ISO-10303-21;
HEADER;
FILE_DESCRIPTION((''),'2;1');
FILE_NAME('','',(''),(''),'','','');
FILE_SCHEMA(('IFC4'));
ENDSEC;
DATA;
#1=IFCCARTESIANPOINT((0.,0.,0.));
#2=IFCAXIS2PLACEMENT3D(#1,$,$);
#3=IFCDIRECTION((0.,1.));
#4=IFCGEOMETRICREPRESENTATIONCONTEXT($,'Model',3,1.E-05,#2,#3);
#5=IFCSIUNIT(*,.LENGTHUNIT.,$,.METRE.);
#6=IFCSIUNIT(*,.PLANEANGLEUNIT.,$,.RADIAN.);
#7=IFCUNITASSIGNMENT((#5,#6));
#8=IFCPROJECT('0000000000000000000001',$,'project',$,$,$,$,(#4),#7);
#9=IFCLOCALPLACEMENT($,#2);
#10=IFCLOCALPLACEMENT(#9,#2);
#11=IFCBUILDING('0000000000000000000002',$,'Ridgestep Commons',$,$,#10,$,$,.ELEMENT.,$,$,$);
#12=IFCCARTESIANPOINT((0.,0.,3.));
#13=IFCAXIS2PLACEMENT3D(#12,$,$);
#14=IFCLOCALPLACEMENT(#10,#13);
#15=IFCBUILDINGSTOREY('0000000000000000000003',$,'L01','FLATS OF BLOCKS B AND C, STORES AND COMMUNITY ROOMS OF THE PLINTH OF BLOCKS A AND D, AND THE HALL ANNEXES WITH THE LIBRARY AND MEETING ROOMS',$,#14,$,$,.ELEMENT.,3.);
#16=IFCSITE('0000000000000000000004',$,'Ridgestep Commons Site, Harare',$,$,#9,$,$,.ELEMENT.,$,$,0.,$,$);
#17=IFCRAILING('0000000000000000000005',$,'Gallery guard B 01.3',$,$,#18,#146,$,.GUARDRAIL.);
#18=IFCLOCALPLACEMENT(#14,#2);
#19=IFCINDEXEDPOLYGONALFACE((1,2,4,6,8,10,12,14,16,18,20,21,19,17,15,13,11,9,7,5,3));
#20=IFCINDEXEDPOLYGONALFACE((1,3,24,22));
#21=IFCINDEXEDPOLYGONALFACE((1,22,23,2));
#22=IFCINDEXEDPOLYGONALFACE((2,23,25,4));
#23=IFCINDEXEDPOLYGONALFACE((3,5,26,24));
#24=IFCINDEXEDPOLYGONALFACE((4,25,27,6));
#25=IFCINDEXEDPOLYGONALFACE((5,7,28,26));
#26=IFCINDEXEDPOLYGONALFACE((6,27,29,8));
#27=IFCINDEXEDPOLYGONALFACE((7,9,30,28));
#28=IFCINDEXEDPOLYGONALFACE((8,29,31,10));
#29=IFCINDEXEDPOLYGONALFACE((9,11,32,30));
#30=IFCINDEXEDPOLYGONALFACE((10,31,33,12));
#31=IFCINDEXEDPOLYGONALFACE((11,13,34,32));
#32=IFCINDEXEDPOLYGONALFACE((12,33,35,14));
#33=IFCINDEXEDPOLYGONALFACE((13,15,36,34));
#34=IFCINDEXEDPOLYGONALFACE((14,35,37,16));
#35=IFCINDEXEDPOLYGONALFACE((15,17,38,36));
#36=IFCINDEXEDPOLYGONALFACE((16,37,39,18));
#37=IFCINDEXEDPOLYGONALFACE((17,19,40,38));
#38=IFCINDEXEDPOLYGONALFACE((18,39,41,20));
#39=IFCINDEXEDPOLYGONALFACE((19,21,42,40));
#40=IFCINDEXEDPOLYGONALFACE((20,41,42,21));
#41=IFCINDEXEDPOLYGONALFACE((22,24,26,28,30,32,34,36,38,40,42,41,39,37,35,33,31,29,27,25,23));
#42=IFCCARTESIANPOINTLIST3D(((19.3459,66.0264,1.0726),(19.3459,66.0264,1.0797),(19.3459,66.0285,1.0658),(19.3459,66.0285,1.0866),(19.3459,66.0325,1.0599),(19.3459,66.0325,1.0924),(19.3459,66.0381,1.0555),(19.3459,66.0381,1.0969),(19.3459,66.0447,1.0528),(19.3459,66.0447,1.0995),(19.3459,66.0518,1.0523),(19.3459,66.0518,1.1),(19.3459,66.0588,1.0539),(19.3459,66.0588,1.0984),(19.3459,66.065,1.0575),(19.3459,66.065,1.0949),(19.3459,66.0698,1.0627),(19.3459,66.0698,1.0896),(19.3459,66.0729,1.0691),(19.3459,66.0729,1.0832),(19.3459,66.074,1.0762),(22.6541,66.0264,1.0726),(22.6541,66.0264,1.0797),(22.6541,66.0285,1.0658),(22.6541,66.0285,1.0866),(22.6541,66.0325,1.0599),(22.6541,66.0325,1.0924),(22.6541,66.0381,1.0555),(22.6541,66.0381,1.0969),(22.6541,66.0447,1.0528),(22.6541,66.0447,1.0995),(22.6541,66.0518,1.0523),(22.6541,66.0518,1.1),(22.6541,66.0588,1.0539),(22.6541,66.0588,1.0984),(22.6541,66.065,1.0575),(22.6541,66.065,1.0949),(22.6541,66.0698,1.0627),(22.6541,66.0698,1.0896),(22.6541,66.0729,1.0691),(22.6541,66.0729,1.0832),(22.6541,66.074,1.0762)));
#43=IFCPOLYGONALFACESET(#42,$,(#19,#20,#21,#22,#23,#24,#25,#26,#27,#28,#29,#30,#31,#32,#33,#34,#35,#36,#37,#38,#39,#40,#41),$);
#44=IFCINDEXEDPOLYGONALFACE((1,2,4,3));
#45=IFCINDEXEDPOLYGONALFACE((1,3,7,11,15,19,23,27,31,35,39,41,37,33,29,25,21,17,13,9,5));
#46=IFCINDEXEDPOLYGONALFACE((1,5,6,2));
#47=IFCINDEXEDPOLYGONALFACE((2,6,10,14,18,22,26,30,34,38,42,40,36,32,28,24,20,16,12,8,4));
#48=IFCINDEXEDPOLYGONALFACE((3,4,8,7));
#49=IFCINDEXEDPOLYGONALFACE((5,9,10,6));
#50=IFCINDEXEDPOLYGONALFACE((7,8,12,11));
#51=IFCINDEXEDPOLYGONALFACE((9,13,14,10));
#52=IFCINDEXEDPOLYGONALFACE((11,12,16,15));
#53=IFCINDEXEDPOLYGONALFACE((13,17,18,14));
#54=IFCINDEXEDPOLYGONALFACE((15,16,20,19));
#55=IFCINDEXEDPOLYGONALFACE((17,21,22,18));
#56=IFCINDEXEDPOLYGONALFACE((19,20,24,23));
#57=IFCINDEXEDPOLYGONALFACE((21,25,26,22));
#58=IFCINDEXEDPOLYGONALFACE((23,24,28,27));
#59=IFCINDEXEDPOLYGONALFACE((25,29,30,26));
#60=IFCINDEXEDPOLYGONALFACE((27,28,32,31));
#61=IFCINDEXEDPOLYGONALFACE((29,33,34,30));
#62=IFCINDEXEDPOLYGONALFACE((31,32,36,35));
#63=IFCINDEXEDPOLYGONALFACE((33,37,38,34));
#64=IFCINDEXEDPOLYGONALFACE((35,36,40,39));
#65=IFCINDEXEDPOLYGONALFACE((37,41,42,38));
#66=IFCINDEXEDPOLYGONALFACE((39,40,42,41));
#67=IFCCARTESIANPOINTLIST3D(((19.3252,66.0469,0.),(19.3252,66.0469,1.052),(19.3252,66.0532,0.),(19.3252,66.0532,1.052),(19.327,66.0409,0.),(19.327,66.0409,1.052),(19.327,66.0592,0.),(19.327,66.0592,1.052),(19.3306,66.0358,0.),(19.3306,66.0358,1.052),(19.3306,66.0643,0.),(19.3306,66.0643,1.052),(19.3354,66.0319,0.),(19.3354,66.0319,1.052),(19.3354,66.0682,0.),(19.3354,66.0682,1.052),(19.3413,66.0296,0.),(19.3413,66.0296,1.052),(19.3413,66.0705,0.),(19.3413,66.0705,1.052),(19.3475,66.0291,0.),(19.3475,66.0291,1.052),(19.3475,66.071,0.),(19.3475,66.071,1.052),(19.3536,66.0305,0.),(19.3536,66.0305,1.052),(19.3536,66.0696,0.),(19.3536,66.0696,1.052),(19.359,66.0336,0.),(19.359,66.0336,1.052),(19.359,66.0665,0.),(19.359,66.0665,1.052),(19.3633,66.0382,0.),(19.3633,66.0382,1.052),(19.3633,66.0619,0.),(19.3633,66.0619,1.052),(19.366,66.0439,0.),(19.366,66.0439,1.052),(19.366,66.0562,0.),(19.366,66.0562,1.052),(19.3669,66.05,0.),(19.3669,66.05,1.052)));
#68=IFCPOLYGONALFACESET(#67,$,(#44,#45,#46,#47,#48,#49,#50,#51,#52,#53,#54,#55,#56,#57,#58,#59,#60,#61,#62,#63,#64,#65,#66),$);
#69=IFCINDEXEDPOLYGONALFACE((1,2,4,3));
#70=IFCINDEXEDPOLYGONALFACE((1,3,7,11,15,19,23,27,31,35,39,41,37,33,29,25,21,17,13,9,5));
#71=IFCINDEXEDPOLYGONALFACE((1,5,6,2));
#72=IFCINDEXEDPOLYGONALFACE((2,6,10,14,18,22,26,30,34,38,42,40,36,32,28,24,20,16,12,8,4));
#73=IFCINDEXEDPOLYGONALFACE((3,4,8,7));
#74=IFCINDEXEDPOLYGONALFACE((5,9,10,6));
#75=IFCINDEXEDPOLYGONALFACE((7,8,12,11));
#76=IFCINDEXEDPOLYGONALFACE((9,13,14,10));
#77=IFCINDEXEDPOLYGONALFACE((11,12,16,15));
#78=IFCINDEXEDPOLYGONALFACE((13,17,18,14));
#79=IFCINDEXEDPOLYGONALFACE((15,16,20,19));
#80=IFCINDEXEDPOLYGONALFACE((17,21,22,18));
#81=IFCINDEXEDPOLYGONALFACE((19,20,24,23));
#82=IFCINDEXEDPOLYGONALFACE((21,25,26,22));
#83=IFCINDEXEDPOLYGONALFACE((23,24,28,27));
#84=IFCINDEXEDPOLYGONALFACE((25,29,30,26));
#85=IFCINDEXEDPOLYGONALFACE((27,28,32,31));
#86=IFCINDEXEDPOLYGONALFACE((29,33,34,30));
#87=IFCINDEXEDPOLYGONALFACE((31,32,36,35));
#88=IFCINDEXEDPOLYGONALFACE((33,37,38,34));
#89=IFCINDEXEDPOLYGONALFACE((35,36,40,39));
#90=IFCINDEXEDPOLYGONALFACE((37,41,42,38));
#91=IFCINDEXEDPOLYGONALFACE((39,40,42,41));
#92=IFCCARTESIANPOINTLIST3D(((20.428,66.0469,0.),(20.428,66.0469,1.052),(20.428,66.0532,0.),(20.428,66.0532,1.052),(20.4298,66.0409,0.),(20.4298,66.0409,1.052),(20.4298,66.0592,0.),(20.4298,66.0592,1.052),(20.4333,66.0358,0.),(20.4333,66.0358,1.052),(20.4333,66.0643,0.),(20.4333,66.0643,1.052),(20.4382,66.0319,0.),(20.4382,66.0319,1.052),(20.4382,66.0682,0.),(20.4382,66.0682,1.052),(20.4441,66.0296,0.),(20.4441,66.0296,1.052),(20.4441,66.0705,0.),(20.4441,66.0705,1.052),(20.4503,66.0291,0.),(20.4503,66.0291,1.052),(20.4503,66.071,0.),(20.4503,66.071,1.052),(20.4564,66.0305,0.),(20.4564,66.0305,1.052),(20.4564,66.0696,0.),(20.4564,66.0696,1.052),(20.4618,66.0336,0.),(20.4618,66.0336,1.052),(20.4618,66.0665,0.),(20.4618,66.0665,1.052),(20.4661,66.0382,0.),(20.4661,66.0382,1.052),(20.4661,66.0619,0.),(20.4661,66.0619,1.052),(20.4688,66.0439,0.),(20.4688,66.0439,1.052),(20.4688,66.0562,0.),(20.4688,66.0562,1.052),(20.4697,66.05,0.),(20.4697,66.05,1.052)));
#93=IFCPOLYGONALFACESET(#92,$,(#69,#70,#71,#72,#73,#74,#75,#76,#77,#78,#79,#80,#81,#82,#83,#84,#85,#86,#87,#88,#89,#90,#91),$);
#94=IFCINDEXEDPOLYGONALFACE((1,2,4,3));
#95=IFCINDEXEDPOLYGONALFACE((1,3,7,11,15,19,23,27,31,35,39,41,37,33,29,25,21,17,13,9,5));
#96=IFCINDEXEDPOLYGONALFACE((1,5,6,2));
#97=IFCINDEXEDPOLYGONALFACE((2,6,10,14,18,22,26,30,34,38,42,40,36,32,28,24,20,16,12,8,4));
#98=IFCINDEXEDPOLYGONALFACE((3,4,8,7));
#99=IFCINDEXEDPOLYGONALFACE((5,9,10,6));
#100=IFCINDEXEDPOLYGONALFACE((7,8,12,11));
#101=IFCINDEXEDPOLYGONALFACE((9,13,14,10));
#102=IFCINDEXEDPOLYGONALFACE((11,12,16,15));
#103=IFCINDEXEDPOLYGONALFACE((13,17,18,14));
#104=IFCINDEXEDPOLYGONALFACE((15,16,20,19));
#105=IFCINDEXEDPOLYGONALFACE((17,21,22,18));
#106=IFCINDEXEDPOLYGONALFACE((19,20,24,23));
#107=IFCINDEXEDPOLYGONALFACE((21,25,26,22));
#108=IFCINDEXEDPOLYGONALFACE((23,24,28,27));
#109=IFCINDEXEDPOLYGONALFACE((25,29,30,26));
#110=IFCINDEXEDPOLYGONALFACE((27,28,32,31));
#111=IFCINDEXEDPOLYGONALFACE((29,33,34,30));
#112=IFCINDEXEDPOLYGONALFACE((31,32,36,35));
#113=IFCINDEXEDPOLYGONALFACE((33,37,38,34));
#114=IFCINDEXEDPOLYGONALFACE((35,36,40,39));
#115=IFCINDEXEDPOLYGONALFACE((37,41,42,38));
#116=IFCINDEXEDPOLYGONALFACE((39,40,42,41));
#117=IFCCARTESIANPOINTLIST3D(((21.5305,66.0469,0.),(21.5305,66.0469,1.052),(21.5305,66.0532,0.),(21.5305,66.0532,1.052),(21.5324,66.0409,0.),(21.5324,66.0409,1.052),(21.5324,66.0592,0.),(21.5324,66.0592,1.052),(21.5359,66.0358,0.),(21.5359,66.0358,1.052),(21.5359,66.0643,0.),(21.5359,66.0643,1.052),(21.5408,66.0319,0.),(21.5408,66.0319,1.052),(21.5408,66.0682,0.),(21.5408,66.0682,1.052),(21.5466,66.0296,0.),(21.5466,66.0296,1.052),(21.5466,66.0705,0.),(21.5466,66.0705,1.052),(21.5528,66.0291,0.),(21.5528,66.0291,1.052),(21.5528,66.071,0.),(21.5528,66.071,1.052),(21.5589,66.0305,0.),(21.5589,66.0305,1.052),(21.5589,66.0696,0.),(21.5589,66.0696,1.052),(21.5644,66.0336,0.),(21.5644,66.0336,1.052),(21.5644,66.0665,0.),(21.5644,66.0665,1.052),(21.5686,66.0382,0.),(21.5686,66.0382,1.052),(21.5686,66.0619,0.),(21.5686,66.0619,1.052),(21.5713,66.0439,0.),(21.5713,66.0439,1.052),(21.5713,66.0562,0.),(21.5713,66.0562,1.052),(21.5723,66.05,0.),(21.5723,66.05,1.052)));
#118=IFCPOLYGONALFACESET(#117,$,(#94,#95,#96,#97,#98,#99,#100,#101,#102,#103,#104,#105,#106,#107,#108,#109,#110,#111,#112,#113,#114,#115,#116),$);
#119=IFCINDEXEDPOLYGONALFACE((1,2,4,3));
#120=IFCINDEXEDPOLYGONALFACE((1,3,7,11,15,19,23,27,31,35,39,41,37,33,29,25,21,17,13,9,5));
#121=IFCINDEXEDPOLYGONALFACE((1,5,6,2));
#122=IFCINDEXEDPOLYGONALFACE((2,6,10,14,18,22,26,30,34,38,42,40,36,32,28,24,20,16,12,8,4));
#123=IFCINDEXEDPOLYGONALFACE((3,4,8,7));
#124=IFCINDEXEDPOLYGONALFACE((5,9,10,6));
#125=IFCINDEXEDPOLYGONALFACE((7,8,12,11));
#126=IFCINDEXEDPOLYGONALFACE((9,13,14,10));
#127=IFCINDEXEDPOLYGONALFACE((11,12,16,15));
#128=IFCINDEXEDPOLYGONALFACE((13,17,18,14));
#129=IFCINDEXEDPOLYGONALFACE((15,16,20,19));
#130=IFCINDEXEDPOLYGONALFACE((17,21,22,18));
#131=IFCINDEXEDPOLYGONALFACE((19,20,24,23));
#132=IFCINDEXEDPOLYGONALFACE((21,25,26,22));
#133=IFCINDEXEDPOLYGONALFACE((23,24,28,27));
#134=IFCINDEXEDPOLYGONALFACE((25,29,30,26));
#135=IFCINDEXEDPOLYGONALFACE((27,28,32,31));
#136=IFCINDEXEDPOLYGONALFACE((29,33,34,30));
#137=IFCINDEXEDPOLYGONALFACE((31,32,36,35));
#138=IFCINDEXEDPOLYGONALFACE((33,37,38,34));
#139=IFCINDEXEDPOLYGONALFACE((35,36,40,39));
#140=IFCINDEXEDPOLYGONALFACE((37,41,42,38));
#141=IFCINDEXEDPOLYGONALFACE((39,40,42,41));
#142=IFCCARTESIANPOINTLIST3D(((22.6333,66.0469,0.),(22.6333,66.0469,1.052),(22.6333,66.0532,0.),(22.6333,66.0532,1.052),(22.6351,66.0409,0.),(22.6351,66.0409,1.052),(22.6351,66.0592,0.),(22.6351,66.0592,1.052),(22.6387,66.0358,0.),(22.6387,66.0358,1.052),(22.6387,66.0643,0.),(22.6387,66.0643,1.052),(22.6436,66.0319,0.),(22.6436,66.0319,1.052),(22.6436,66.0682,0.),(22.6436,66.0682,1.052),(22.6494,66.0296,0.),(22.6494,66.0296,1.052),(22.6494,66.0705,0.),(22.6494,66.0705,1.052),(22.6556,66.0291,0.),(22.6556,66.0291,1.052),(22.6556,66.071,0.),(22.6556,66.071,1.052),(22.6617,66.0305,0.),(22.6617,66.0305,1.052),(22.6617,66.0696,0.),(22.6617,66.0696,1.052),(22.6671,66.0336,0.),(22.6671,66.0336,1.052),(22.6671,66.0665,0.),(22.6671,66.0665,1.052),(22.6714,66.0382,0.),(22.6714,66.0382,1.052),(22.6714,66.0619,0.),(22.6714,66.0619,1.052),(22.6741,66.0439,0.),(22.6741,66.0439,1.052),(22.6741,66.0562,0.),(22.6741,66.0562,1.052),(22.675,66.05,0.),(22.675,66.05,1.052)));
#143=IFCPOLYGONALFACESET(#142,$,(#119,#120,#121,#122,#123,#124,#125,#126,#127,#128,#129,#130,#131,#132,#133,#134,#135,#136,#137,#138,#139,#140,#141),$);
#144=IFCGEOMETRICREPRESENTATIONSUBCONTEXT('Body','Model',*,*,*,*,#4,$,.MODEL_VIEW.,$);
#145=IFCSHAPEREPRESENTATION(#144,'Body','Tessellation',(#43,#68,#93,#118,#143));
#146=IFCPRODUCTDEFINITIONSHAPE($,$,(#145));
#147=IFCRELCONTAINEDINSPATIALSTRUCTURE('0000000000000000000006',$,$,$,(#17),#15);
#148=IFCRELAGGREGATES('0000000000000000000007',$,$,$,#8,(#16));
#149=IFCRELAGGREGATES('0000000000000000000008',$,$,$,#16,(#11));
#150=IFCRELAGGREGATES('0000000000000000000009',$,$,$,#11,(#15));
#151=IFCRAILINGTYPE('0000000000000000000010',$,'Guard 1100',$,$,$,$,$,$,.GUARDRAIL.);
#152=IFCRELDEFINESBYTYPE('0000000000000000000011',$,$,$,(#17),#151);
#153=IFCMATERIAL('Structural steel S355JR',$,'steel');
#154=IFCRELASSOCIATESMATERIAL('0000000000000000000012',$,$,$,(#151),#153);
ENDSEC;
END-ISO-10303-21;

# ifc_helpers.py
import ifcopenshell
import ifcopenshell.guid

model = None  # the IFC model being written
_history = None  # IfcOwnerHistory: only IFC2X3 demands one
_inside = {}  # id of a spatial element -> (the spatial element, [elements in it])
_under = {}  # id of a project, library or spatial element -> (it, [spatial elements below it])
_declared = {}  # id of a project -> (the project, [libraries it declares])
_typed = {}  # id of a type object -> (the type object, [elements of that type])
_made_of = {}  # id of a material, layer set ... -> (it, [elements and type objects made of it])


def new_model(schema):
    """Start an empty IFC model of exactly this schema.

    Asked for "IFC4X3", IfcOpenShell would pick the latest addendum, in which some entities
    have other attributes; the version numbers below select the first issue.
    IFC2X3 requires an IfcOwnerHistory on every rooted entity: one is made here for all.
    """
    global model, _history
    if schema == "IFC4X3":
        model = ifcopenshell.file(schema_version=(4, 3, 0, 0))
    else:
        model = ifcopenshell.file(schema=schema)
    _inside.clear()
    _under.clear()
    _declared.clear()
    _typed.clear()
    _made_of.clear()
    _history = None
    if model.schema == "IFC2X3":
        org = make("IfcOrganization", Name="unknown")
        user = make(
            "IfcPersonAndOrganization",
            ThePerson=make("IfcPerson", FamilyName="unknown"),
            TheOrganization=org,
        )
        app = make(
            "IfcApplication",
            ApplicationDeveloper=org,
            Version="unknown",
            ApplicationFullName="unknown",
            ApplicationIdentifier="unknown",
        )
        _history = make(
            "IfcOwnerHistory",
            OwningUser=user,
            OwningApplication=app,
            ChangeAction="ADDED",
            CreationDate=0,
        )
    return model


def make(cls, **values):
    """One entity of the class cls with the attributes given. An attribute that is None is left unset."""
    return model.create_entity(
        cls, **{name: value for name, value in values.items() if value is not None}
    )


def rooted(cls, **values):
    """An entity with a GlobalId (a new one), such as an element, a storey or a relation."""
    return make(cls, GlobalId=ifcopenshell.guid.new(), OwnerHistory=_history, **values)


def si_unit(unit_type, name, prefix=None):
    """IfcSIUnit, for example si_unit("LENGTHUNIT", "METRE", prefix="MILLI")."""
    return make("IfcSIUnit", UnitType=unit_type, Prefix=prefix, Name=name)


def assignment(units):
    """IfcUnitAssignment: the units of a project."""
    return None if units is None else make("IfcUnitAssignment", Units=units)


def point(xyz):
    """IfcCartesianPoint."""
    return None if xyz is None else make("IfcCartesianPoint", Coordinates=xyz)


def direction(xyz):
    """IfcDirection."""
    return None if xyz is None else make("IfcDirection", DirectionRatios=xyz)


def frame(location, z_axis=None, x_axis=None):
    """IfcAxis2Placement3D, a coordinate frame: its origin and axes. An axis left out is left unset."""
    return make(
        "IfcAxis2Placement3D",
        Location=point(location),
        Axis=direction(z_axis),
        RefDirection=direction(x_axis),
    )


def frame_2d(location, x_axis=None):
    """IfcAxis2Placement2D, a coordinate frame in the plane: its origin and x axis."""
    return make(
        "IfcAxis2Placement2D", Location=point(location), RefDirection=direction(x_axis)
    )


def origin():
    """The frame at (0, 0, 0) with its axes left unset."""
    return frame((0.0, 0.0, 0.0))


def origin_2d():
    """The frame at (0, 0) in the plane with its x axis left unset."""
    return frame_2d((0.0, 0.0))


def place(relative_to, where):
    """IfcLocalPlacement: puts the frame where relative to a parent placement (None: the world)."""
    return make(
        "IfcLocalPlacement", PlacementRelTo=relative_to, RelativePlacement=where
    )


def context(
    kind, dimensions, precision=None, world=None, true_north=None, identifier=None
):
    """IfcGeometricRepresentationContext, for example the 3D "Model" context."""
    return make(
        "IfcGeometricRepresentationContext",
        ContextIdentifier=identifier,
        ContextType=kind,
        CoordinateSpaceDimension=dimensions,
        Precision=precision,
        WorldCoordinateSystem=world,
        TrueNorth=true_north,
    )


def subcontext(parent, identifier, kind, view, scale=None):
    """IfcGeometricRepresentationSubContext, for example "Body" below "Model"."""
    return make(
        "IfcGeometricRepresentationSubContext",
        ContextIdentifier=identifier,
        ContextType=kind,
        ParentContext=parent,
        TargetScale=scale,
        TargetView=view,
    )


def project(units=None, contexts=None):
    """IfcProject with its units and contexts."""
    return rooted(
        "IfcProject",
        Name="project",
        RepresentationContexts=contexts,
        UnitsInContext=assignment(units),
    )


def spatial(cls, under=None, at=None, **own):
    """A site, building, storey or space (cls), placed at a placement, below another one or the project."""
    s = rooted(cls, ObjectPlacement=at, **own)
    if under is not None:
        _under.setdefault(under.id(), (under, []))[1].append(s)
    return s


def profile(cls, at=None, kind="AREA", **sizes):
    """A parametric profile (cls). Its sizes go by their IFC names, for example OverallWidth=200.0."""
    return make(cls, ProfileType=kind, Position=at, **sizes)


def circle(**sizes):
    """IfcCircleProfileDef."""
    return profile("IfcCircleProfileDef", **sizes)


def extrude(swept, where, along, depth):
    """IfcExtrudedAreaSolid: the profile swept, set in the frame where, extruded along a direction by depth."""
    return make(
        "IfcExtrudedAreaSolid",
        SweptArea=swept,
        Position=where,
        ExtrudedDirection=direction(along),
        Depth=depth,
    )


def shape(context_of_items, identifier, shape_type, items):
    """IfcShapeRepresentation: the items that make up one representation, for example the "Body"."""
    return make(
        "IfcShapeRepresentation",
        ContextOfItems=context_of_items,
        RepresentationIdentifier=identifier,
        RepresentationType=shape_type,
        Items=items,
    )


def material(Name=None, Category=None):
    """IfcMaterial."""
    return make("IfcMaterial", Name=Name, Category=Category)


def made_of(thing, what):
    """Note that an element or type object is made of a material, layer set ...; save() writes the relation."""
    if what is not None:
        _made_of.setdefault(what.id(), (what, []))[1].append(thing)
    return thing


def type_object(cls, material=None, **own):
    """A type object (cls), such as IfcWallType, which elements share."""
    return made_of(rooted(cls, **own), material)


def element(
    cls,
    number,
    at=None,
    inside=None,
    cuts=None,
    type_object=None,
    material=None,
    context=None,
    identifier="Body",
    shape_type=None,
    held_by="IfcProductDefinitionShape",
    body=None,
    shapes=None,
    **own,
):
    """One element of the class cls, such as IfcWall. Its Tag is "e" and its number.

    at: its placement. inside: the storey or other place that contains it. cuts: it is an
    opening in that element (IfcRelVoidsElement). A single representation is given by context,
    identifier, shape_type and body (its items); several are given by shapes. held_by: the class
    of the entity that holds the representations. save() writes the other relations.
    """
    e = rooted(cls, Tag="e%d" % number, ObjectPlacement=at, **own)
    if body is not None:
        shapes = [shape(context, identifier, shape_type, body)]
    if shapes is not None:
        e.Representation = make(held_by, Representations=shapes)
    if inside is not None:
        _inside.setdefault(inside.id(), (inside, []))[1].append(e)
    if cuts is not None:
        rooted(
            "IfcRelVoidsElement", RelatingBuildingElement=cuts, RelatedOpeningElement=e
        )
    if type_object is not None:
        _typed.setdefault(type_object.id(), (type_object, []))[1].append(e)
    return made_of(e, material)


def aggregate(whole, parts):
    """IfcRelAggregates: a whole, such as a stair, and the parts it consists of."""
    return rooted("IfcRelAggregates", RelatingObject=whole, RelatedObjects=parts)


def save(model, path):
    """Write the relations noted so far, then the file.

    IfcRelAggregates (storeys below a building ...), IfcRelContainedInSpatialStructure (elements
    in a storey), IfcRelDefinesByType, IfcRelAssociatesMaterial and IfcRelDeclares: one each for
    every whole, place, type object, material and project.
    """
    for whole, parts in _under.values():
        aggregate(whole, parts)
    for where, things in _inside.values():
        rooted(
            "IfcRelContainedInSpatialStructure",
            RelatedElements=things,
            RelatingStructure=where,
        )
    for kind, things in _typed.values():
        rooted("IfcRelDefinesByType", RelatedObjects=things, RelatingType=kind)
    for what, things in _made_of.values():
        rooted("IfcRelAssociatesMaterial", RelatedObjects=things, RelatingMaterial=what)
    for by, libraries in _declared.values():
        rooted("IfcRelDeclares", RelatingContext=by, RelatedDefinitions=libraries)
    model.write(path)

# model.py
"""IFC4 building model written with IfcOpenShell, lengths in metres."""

from ifc_helpers import new_model, si_unit, direction, frame, origin, origin_2d, place, context, subcontext, project, spatial, circle, extrude, material, type_object, element, save


model = new_model("IFC4")

# Units and contexts
model_context = context("Model", 3, precision=1e-05, world=origin(), true_north=direction((0.0, 1.0)))
body_context = subcontext(model_context, "Body", "Model", "MODEL_VIEW")
ifc_project = project(units=[si_unit("LENGTHUNIT", "METRE"), si_unit("PLANEANGLEUNIT", "RADIAN")], contexts=[model_context])

# Site, building, storey
site_placement = place(None, origin())
site = spatial("IfcSite", under=ifc_project, at=site_placement, Name="Ridgestep Commons Site, Harare", CompositionType="ELEMENT", RefElevation=0.0)
building_placement = place(site_placement, origin())
building = spatial("IfcBuilding", under=site, at=building_placement, Name="Ridgestep Commons", CompositionType="ELEMENT")
storey_placement = place(building_placement, frame((0.0, 0.0, 3.0)))
storey = spatial("IfcBuildingStorey", under=building, at=storey_placement, Name="L01", Description="FLATS OF BLOCKS B AND C, STORES AND COMMUNITY ROOMS OF THE PLINTH OF BLOCKS A AND D, AND THE HALL ANNEXES WITH THE LIBRARY AND MEETING ROOMS", CompositionType="ELEMENT", Elevation=3.0)

# Railing
ifc_material_1 = material(Name="Structural steel S355JR", Category="steel")
railing_type = type_object("IfcRailingType", Name="Guard 1100", PredefinedType="GUARDRAIL", material=ifc_material_1)
railing_1_placement = place(storey_placement, frame((19.3459, 66.05, 0.0)))
element("IfcRailing", 1, at=railing_1_placement, inside=storey, type_object=railing_type, Name="Gallery guard B 01.3", PredefinedType="GUARDRAIL", context=body_context, shape_type="SweptSolid", body=[
    extrude(circle(Radius=0.0239, at=origin_2d()), frame((0.0, 0.0, 1.0762), z_axis=(1.0, 0.0, 0.0), x_axis=(0.0, 1.0, 0.0)), (0.0, 0.0, 1.0), 3.3081),
    extrude(circle(Radius=0.021, at=origin_2d()), origin(), (0.0, 0.0, 1.0), 1.052),
    extrude(circle(Radius=0.021, at=origin_2d()), frame((1.1028, 0.0, 0.0)), (0.0, 0.0, 1.0), 1.052),
    extrude(circle(Radius=0.021, at=origin_2d()), frame((2.2053, 0.0, 0.0)), (0.0, 0.0, 1.0), 1.052),
    extrude(circle(Radius=0.021, at=origin_2d()), frame((3.3081, 0.0, 0.0)), (0.0, 0.0, 1.0), 1.052),
])

save(model, "model.ifc")
